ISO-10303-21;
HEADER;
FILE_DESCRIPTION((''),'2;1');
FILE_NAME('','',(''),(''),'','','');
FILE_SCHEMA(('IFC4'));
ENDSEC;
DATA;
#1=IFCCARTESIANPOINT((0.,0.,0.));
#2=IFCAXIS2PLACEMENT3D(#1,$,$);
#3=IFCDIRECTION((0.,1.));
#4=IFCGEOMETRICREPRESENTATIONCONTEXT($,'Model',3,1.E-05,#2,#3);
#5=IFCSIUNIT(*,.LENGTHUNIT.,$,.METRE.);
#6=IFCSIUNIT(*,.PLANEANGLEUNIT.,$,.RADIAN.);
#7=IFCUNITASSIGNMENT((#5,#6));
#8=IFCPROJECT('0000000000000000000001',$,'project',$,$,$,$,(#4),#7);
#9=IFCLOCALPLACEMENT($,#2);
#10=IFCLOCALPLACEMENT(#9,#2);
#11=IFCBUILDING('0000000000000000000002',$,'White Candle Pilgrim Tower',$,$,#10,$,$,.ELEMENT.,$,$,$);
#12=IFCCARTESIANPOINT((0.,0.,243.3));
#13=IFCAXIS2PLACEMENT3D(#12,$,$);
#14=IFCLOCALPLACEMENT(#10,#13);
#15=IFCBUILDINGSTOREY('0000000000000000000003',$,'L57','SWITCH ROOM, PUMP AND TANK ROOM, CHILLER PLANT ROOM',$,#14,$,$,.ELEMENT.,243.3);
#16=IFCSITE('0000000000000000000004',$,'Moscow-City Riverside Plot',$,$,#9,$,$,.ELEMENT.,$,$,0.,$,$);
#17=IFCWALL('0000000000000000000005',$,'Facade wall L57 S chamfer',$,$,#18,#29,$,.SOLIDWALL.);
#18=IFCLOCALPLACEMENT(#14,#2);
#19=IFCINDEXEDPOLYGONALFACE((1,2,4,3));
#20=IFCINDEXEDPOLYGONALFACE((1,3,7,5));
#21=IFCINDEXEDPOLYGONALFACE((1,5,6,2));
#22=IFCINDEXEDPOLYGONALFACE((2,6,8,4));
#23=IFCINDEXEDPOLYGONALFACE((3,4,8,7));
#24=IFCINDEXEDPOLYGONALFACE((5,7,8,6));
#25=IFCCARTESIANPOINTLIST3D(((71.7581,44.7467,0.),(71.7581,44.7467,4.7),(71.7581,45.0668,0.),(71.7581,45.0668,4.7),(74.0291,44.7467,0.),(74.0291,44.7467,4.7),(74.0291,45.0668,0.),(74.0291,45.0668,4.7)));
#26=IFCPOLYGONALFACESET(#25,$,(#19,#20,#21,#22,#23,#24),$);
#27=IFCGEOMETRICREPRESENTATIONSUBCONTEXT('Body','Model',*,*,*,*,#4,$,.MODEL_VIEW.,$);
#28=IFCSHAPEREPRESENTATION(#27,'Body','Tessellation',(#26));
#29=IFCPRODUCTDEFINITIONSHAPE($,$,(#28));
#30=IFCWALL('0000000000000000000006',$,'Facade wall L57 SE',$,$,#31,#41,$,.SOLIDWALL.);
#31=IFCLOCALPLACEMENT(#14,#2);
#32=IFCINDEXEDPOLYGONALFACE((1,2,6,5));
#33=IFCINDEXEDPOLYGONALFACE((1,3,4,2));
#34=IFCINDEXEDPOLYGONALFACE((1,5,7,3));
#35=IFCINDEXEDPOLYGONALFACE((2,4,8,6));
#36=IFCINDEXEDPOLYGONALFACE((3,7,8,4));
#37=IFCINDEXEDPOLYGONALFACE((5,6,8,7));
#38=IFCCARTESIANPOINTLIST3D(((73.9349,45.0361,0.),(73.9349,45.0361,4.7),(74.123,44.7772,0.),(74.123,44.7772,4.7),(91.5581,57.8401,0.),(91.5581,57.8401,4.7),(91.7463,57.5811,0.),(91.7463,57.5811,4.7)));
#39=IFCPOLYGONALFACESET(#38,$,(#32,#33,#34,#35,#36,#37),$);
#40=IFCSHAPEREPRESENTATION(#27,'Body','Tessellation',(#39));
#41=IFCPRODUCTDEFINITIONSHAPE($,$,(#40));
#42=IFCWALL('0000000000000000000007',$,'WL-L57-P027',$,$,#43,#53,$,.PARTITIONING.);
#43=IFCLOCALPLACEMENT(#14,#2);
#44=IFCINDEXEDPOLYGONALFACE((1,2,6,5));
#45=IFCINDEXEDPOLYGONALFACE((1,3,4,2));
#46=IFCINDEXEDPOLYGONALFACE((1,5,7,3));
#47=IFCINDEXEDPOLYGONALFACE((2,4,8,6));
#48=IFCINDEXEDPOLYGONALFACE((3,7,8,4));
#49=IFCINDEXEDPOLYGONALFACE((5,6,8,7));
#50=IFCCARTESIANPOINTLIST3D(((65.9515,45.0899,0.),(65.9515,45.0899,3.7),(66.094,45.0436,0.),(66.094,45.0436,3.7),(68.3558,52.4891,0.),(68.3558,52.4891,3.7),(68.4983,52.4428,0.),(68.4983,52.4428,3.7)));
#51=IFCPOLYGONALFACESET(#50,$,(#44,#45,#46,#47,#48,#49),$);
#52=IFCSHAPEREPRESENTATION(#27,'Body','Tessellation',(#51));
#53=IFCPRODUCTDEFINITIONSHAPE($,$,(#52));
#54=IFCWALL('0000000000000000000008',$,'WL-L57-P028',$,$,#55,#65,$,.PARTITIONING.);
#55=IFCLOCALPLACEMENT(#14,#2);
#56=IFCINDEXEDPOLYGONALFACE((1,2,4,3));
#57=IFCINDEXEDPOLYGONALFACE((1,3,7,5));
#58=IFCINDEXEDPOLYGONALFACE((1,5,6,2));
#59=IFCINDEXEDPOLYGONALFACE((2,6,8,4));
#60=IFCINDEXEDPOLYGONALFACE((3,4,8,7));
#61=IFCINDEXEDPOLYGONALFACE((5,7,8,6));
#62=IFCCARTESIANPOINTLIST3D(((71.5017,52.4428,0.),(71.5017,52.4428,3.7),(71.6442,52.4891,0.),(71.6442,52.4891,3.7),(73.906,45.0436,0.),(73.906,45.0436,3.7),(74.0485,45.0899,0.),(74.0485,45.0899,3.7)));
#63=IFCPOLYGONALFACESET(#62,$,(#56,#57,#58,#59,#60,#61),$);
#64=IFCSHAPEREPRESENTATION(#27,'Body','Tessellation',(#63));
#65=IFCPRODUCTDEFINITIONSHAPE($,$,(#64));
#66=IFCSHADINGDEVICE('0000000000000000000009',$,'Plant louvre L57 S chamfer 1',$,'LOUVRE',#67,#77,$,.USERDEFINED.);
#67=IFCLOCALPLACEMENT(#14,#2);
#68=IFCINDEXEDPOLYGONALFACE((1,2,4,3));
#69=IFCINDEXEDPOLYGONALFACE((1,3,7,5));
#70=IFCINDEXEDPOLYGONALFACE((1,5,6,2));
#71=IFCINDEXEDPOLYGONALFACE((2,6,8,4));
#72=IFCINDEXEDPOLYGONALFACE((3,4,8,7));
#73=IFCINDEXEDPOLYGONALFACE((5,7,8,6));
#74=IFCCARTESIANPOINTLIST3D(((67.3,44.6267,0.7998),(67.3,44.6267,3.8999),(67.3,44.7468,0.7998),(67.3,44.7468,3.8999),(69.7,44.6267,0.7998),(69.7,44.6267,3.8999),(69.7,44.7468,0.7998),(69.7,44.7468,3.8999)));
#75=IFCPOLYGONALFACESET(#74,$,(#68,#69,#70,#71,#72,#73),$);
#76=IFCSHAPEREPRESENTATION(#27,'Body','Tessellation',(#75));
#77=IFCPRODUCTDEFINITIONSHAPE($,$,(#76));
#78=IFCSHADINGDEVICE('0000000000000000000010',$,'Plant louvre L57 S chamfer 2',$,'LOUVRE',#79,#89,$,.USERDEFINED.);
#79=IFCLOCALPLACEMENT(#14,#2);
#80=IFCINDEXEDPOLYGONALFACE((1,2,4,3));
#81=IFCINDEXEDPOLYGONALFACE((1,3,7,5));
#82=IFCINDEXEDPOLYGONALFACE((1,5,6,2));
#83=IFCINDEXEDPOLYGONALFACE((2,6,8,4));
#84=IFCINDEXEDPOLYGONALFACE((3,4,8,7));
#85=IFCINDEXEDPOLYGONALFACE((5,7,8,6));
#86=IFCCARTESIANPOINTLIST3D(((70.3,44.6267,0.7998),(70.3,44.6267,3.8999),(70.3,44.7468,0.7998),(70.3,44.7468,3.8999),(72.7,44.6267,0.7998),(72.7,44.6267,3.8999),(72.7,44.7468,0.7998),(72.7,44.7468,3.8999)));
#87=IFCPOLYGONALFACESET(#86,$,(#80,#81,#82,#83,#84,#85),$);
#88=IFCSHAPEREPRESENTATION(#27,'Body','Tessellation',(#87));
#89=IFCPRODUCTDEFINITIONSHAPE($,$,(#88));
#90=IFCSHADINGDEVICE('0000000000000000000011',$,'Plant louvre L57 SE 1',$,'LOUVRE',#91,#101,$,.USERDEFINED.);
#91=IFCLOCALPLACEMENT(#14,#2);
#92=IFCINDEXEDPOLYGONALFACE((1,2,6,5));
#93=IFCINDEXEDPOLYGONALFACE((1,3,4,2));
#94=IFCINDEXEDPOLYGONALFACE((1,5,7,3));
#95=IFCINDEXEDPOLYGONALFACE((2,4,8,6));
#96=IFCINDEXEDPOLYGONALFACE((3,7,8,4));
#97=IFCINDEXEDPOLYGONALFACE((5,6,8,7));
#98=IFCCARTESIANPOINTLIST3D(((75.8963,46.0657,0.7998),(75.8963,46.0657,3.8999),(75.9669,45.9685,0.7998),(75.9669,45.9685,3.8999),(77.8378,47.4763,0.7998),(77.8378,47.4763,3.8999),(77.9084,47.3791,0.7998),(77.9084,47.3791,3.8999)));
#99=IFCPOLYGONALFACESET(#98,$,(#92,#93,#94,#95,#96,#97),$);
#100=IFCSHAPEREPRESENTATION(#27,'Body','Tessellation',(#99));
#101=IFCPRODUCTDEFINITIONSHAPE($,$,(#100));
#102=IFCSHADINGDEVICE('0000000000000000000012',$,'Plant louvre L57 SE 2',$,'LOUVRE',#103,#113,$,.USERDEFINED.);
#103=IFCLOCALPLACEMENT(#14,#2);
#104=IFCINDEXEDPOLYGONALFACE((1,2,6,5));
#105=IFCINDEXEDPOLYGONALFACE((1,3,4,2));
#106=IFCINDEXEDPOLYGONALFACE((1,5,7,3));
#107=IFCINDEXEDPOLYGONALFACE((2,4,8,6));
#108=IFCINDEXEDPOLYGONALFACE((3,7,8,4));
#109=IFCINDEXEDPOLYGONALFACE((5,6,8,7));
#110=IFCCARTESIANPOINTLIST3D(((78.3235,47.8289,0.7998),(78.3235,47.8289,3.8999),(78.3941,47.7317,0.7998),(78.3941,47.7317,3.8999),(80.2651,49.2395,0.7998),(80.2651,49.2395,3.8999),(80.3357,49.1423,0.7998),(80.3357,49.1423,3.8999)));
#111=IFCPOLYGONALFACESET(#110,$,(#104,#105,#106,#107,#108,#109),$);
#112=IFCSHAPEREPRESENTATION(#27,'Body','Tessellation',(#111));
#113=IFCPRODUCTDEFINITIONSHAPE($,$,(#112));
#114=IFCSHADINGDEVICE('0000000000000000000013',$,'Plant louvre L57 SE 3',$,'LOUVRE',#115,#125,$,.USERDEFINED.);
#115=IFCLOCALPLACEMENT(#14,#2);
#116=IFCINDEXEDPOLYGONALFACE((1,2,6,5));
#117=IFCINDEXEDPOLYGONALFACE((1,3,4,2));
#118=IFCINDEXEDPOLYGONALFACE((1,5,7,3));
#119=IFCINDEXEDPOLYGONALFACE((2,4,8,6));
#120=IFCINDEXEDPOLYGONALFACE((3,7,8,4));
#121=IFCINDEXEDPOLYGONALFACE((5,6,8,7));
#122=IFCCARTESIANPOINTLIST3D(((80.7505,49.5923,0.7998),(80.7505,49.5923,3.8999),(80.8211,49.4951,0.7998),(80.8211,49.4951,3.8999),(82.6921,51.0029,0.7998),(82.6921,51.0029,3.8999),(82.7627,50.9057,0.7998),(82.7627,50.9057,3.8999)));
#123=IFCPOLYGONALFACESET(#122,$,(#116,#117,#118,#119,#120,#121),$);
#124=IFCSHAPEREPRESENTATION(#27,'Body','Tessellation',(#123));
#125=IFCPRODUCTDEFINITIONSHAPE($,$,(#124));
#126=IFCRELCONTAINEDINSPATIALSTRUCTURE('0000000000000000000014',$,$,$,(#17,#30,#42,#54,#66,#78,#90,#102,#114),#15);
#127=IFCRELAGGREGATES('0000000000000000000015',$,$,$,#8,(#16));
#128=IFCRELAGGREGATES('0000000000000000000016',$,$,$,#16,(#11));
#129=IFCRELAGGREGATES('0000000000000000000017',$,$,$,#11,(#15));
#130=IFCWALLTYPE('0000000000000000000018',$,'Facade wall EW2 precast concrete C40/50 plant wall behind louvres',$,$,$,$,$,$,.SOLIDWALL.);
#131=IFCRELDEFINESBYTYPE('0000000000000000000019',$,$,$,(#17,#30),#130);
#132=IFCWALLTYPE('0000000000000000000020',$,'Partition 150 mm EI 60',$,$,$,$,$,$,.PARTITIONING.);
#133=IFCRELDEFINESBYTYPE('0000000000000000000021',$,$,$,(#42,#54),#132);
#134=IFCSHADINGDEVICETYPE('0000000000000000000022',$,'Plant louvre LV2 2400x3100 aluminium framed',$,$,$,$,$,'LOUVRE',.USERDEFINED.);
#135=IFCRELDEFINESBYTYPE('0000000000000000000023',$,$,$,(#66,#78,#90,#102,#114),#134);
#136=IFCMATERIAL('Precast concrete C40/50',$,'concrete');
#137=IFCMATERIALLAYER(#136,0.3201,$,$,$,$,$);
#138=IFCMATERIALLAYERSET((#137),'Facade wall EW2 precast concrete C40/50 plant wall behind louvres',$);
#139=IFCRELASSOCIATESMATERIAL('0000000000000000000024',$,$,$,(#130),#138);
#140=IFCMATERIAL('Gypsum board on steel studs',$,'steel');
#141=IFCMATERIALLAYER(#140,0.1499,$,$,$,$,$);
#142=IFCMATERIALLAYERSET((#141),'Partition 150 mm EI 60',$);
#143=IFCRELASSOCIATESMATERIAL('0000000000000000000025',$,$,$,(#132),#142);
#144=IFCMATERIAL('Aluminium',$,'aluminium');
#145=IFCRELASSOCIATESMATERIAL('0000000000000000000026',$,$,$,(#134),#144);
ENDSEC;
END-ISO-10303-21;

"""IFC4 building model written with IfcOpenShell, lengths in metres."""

from ifc_helpers import new_model, si_unit, direction, frame, frame_2d, origin, origin_2d, place, context, subcontext, project, spatial, rectangle, extrude, material, layer, layer_set, type_object, element, save


model = new_model("IFC4")

# Units and contexts
model_context = context("Model", 3, precision=1e-05, world=origin(), true_north=direction((0.0, 1.0)))
body_context = subcontext(model_context, "Body", "Model", "MODEL_VIEW")
ifc_project = project(units=[si_unit("LENGTHUNIT", "METRE"), si_unit("PLANEANGLEUNIT", "RADIAN")], contexts=[model_context])

# Site, building, storey
site_placement = place(None, origin())
site = spatial("IfcSite", under=ifc_project, at=site_placement, Name="Moscow-City Riverside Plot", CompositionType="ELEMENT", RefElevation=0.0)
building_placement = place(site_placement, origin())
building = spatial("IfcBuilding", under=site, at=building_placement, Name="White Candle Pilgrim Tower", CompositionType="ELEMENT")
storey_placement = place(building_placement, frame((0.0, 0.0, 243.3)))
storey = spatial("IfcBuildingStorey", under=building, at=storey_placement, Name="L57", Description="SWITCH ROOM, PUMP AND TANK ROOM, CHILLER PLANT ROOM", CompositionType="ELEMENT", Elevation=243.3)

# Shared definitions
ifc_material_1 = material(Name="Gypsum board on steel studs", Category="steel")

# Walls
ifc_material_2 = material(Name="Precast concrete C40/50", Category="concrete")
ifc_layer_1 = layer(ifc_material_2, 0.3201)
ifc_layer_set_1 = layer_set([ifc_layer_1], Name="Facade wall EW2 precast concrete C40/50 plant wall behind louvres")
wall_type_1 = type_object("IfcWallType", Name="Facade wall EW2 precast concrete C40/50 plant wall behind louvres", PredefinedType="SOLIDWALL", material=ifc_layer_set_1)
wall_1_placement = place(storey_placement, frame((71.7581, 44.9067, 0.0), z_axis=(0.0, 0.0, 1.0), x_axis=(1.0, 0.0, 0.0)))
element("IfcWall", 1, at=wall_1_placement, inside=storey, type_object=wall_type_1, Name="Facade wall L57 S chamfer", PredefinedType="SOLIDWALL", context=body_context, shape_type="SweptSolid", body=[
    extrude(rectangle(XDim=2.271, YDim=0.3201, at=frame_2d((1.1355, 0.0))), origin(), (0.0, 0.0, 1.0), 4.7),
])
wall_2_placement = place(storey_placement, frame((74.0291, 44.9067, 0.0), z_axis=(0.0, 0.0, 1.0), x_axis=(0.80902, 0.587782, 0.0)))
element("IfcWall", 2, at=wall_2_placement, inside=storey, type_object=wall_type_1, Name="Facade wall L57 SE", PredefinedType="SOLIDWALL", context=body_context, shape_type="SweptSolid", body=[
    extrude(rectangle(XDim=21.7834, YDim=0.3201, at=frame_2d((10.8916, 0.0))), origin(), (0.0, 0.0, 1.0), 4.7),
])
ifc_layer_2 = layer(ifc_material_1, 0.1499)
ifc_layer_set_2 = layer_set([ifc_layer_2], Name="Partition 150 mm EI 60")
wall_type_2 = type_object("IfcWallType", Name="Partition 150 mm EI 60", PredefinedType="PARTITIONING", material=ifc_layer_set_2)
for number, where, z_axis, x_axis, name in (
    (3, (66.0227, 45.0667, 0.0), (0.0, 0.0, 1.0), (0.309036, 0.95105, 0.0), "WL-L57-P027"),
    (4, (73.9773, 45.0667, 0.0), (0.0, 0.0, 1.0), (-0.309036, 0.95105, 0.0), "WL-L57-P028"),
):
    element("IfcWall", number, at=place(storey_placement, frame(where, z_axis=z_axis, x_axis=x_axis)), inside=storey, type_object=wall_type_2, Name=name, PredefinedType="PARTITIONING", context=body_context, shape_type="SweptSolid", body=[
        extrude(rectangle(XDim=7.78, YDim=0.1499, at=frame_2d((3.8901, 0.0))), origin(), (0.0, 0.0, 1.0), 3.7),
    ])

# Shading devices
ifc_material_3 = material(Name="Aluminium", Category="aluminium")
shading_device_type = type_object("IfcShadingDeviceType", Name="Plant louvre LV2 2400x3100 aluminium framed", ElementType="LOUVRE", PredefinedType="USERDEFINED", material=ifc_material_3)
for number, where, z_axis, x_axis, name in (
    (5, (68.5, 44.6868, 0.7998), (0.0, 0.0, 1.0), (1.0, 0.0, 0.0), "Plant louvre L57 S chamfer 1"),
    (6, (71.5, 44.6868, 0.7998), (0.0, 0.0, 1.0), (1.0, 0.0, 0.0), "Plant louvre L57 S chamfer 2"),
    (7, (76.9023, 46.7224, 0.7998), (0.0, 0.0, 1.0), (0.809017, 0.587785, 0.0), "Plant louvre L57 SE 1"),
    (8, (79.3296, 48.4856, 0.7998), (0.0, 0.0, 1.0), (0.809017, 0.587785, 0.0), "Plant louvre L57 SE 2"),
    (9, (81.7566, 50.249, 0.7998), (0.0, 0.0, 1.0), (0.809017, 0.587785, 0.0), "Plant louvre L57 SE 3"),
):
    element("IfcShadingDevice", number, at=place(storey_placement, frame(where, z_axis=z_axis, x_axis=x_axis)), inside=storey, type_object=shading_device_type, Name=name, ObjectType="LOUVRE", PredefinedType="USERDEFINED", context=body_context, shape_type="SweptSolid", body=[
        extrude(rectangle(XDim=2.3999, YDim=0.1201, at=origin_2d()), origin(), (0.0, 0.0, 1.0), 3.1001),
    ])

save(model, "model.ifc")
